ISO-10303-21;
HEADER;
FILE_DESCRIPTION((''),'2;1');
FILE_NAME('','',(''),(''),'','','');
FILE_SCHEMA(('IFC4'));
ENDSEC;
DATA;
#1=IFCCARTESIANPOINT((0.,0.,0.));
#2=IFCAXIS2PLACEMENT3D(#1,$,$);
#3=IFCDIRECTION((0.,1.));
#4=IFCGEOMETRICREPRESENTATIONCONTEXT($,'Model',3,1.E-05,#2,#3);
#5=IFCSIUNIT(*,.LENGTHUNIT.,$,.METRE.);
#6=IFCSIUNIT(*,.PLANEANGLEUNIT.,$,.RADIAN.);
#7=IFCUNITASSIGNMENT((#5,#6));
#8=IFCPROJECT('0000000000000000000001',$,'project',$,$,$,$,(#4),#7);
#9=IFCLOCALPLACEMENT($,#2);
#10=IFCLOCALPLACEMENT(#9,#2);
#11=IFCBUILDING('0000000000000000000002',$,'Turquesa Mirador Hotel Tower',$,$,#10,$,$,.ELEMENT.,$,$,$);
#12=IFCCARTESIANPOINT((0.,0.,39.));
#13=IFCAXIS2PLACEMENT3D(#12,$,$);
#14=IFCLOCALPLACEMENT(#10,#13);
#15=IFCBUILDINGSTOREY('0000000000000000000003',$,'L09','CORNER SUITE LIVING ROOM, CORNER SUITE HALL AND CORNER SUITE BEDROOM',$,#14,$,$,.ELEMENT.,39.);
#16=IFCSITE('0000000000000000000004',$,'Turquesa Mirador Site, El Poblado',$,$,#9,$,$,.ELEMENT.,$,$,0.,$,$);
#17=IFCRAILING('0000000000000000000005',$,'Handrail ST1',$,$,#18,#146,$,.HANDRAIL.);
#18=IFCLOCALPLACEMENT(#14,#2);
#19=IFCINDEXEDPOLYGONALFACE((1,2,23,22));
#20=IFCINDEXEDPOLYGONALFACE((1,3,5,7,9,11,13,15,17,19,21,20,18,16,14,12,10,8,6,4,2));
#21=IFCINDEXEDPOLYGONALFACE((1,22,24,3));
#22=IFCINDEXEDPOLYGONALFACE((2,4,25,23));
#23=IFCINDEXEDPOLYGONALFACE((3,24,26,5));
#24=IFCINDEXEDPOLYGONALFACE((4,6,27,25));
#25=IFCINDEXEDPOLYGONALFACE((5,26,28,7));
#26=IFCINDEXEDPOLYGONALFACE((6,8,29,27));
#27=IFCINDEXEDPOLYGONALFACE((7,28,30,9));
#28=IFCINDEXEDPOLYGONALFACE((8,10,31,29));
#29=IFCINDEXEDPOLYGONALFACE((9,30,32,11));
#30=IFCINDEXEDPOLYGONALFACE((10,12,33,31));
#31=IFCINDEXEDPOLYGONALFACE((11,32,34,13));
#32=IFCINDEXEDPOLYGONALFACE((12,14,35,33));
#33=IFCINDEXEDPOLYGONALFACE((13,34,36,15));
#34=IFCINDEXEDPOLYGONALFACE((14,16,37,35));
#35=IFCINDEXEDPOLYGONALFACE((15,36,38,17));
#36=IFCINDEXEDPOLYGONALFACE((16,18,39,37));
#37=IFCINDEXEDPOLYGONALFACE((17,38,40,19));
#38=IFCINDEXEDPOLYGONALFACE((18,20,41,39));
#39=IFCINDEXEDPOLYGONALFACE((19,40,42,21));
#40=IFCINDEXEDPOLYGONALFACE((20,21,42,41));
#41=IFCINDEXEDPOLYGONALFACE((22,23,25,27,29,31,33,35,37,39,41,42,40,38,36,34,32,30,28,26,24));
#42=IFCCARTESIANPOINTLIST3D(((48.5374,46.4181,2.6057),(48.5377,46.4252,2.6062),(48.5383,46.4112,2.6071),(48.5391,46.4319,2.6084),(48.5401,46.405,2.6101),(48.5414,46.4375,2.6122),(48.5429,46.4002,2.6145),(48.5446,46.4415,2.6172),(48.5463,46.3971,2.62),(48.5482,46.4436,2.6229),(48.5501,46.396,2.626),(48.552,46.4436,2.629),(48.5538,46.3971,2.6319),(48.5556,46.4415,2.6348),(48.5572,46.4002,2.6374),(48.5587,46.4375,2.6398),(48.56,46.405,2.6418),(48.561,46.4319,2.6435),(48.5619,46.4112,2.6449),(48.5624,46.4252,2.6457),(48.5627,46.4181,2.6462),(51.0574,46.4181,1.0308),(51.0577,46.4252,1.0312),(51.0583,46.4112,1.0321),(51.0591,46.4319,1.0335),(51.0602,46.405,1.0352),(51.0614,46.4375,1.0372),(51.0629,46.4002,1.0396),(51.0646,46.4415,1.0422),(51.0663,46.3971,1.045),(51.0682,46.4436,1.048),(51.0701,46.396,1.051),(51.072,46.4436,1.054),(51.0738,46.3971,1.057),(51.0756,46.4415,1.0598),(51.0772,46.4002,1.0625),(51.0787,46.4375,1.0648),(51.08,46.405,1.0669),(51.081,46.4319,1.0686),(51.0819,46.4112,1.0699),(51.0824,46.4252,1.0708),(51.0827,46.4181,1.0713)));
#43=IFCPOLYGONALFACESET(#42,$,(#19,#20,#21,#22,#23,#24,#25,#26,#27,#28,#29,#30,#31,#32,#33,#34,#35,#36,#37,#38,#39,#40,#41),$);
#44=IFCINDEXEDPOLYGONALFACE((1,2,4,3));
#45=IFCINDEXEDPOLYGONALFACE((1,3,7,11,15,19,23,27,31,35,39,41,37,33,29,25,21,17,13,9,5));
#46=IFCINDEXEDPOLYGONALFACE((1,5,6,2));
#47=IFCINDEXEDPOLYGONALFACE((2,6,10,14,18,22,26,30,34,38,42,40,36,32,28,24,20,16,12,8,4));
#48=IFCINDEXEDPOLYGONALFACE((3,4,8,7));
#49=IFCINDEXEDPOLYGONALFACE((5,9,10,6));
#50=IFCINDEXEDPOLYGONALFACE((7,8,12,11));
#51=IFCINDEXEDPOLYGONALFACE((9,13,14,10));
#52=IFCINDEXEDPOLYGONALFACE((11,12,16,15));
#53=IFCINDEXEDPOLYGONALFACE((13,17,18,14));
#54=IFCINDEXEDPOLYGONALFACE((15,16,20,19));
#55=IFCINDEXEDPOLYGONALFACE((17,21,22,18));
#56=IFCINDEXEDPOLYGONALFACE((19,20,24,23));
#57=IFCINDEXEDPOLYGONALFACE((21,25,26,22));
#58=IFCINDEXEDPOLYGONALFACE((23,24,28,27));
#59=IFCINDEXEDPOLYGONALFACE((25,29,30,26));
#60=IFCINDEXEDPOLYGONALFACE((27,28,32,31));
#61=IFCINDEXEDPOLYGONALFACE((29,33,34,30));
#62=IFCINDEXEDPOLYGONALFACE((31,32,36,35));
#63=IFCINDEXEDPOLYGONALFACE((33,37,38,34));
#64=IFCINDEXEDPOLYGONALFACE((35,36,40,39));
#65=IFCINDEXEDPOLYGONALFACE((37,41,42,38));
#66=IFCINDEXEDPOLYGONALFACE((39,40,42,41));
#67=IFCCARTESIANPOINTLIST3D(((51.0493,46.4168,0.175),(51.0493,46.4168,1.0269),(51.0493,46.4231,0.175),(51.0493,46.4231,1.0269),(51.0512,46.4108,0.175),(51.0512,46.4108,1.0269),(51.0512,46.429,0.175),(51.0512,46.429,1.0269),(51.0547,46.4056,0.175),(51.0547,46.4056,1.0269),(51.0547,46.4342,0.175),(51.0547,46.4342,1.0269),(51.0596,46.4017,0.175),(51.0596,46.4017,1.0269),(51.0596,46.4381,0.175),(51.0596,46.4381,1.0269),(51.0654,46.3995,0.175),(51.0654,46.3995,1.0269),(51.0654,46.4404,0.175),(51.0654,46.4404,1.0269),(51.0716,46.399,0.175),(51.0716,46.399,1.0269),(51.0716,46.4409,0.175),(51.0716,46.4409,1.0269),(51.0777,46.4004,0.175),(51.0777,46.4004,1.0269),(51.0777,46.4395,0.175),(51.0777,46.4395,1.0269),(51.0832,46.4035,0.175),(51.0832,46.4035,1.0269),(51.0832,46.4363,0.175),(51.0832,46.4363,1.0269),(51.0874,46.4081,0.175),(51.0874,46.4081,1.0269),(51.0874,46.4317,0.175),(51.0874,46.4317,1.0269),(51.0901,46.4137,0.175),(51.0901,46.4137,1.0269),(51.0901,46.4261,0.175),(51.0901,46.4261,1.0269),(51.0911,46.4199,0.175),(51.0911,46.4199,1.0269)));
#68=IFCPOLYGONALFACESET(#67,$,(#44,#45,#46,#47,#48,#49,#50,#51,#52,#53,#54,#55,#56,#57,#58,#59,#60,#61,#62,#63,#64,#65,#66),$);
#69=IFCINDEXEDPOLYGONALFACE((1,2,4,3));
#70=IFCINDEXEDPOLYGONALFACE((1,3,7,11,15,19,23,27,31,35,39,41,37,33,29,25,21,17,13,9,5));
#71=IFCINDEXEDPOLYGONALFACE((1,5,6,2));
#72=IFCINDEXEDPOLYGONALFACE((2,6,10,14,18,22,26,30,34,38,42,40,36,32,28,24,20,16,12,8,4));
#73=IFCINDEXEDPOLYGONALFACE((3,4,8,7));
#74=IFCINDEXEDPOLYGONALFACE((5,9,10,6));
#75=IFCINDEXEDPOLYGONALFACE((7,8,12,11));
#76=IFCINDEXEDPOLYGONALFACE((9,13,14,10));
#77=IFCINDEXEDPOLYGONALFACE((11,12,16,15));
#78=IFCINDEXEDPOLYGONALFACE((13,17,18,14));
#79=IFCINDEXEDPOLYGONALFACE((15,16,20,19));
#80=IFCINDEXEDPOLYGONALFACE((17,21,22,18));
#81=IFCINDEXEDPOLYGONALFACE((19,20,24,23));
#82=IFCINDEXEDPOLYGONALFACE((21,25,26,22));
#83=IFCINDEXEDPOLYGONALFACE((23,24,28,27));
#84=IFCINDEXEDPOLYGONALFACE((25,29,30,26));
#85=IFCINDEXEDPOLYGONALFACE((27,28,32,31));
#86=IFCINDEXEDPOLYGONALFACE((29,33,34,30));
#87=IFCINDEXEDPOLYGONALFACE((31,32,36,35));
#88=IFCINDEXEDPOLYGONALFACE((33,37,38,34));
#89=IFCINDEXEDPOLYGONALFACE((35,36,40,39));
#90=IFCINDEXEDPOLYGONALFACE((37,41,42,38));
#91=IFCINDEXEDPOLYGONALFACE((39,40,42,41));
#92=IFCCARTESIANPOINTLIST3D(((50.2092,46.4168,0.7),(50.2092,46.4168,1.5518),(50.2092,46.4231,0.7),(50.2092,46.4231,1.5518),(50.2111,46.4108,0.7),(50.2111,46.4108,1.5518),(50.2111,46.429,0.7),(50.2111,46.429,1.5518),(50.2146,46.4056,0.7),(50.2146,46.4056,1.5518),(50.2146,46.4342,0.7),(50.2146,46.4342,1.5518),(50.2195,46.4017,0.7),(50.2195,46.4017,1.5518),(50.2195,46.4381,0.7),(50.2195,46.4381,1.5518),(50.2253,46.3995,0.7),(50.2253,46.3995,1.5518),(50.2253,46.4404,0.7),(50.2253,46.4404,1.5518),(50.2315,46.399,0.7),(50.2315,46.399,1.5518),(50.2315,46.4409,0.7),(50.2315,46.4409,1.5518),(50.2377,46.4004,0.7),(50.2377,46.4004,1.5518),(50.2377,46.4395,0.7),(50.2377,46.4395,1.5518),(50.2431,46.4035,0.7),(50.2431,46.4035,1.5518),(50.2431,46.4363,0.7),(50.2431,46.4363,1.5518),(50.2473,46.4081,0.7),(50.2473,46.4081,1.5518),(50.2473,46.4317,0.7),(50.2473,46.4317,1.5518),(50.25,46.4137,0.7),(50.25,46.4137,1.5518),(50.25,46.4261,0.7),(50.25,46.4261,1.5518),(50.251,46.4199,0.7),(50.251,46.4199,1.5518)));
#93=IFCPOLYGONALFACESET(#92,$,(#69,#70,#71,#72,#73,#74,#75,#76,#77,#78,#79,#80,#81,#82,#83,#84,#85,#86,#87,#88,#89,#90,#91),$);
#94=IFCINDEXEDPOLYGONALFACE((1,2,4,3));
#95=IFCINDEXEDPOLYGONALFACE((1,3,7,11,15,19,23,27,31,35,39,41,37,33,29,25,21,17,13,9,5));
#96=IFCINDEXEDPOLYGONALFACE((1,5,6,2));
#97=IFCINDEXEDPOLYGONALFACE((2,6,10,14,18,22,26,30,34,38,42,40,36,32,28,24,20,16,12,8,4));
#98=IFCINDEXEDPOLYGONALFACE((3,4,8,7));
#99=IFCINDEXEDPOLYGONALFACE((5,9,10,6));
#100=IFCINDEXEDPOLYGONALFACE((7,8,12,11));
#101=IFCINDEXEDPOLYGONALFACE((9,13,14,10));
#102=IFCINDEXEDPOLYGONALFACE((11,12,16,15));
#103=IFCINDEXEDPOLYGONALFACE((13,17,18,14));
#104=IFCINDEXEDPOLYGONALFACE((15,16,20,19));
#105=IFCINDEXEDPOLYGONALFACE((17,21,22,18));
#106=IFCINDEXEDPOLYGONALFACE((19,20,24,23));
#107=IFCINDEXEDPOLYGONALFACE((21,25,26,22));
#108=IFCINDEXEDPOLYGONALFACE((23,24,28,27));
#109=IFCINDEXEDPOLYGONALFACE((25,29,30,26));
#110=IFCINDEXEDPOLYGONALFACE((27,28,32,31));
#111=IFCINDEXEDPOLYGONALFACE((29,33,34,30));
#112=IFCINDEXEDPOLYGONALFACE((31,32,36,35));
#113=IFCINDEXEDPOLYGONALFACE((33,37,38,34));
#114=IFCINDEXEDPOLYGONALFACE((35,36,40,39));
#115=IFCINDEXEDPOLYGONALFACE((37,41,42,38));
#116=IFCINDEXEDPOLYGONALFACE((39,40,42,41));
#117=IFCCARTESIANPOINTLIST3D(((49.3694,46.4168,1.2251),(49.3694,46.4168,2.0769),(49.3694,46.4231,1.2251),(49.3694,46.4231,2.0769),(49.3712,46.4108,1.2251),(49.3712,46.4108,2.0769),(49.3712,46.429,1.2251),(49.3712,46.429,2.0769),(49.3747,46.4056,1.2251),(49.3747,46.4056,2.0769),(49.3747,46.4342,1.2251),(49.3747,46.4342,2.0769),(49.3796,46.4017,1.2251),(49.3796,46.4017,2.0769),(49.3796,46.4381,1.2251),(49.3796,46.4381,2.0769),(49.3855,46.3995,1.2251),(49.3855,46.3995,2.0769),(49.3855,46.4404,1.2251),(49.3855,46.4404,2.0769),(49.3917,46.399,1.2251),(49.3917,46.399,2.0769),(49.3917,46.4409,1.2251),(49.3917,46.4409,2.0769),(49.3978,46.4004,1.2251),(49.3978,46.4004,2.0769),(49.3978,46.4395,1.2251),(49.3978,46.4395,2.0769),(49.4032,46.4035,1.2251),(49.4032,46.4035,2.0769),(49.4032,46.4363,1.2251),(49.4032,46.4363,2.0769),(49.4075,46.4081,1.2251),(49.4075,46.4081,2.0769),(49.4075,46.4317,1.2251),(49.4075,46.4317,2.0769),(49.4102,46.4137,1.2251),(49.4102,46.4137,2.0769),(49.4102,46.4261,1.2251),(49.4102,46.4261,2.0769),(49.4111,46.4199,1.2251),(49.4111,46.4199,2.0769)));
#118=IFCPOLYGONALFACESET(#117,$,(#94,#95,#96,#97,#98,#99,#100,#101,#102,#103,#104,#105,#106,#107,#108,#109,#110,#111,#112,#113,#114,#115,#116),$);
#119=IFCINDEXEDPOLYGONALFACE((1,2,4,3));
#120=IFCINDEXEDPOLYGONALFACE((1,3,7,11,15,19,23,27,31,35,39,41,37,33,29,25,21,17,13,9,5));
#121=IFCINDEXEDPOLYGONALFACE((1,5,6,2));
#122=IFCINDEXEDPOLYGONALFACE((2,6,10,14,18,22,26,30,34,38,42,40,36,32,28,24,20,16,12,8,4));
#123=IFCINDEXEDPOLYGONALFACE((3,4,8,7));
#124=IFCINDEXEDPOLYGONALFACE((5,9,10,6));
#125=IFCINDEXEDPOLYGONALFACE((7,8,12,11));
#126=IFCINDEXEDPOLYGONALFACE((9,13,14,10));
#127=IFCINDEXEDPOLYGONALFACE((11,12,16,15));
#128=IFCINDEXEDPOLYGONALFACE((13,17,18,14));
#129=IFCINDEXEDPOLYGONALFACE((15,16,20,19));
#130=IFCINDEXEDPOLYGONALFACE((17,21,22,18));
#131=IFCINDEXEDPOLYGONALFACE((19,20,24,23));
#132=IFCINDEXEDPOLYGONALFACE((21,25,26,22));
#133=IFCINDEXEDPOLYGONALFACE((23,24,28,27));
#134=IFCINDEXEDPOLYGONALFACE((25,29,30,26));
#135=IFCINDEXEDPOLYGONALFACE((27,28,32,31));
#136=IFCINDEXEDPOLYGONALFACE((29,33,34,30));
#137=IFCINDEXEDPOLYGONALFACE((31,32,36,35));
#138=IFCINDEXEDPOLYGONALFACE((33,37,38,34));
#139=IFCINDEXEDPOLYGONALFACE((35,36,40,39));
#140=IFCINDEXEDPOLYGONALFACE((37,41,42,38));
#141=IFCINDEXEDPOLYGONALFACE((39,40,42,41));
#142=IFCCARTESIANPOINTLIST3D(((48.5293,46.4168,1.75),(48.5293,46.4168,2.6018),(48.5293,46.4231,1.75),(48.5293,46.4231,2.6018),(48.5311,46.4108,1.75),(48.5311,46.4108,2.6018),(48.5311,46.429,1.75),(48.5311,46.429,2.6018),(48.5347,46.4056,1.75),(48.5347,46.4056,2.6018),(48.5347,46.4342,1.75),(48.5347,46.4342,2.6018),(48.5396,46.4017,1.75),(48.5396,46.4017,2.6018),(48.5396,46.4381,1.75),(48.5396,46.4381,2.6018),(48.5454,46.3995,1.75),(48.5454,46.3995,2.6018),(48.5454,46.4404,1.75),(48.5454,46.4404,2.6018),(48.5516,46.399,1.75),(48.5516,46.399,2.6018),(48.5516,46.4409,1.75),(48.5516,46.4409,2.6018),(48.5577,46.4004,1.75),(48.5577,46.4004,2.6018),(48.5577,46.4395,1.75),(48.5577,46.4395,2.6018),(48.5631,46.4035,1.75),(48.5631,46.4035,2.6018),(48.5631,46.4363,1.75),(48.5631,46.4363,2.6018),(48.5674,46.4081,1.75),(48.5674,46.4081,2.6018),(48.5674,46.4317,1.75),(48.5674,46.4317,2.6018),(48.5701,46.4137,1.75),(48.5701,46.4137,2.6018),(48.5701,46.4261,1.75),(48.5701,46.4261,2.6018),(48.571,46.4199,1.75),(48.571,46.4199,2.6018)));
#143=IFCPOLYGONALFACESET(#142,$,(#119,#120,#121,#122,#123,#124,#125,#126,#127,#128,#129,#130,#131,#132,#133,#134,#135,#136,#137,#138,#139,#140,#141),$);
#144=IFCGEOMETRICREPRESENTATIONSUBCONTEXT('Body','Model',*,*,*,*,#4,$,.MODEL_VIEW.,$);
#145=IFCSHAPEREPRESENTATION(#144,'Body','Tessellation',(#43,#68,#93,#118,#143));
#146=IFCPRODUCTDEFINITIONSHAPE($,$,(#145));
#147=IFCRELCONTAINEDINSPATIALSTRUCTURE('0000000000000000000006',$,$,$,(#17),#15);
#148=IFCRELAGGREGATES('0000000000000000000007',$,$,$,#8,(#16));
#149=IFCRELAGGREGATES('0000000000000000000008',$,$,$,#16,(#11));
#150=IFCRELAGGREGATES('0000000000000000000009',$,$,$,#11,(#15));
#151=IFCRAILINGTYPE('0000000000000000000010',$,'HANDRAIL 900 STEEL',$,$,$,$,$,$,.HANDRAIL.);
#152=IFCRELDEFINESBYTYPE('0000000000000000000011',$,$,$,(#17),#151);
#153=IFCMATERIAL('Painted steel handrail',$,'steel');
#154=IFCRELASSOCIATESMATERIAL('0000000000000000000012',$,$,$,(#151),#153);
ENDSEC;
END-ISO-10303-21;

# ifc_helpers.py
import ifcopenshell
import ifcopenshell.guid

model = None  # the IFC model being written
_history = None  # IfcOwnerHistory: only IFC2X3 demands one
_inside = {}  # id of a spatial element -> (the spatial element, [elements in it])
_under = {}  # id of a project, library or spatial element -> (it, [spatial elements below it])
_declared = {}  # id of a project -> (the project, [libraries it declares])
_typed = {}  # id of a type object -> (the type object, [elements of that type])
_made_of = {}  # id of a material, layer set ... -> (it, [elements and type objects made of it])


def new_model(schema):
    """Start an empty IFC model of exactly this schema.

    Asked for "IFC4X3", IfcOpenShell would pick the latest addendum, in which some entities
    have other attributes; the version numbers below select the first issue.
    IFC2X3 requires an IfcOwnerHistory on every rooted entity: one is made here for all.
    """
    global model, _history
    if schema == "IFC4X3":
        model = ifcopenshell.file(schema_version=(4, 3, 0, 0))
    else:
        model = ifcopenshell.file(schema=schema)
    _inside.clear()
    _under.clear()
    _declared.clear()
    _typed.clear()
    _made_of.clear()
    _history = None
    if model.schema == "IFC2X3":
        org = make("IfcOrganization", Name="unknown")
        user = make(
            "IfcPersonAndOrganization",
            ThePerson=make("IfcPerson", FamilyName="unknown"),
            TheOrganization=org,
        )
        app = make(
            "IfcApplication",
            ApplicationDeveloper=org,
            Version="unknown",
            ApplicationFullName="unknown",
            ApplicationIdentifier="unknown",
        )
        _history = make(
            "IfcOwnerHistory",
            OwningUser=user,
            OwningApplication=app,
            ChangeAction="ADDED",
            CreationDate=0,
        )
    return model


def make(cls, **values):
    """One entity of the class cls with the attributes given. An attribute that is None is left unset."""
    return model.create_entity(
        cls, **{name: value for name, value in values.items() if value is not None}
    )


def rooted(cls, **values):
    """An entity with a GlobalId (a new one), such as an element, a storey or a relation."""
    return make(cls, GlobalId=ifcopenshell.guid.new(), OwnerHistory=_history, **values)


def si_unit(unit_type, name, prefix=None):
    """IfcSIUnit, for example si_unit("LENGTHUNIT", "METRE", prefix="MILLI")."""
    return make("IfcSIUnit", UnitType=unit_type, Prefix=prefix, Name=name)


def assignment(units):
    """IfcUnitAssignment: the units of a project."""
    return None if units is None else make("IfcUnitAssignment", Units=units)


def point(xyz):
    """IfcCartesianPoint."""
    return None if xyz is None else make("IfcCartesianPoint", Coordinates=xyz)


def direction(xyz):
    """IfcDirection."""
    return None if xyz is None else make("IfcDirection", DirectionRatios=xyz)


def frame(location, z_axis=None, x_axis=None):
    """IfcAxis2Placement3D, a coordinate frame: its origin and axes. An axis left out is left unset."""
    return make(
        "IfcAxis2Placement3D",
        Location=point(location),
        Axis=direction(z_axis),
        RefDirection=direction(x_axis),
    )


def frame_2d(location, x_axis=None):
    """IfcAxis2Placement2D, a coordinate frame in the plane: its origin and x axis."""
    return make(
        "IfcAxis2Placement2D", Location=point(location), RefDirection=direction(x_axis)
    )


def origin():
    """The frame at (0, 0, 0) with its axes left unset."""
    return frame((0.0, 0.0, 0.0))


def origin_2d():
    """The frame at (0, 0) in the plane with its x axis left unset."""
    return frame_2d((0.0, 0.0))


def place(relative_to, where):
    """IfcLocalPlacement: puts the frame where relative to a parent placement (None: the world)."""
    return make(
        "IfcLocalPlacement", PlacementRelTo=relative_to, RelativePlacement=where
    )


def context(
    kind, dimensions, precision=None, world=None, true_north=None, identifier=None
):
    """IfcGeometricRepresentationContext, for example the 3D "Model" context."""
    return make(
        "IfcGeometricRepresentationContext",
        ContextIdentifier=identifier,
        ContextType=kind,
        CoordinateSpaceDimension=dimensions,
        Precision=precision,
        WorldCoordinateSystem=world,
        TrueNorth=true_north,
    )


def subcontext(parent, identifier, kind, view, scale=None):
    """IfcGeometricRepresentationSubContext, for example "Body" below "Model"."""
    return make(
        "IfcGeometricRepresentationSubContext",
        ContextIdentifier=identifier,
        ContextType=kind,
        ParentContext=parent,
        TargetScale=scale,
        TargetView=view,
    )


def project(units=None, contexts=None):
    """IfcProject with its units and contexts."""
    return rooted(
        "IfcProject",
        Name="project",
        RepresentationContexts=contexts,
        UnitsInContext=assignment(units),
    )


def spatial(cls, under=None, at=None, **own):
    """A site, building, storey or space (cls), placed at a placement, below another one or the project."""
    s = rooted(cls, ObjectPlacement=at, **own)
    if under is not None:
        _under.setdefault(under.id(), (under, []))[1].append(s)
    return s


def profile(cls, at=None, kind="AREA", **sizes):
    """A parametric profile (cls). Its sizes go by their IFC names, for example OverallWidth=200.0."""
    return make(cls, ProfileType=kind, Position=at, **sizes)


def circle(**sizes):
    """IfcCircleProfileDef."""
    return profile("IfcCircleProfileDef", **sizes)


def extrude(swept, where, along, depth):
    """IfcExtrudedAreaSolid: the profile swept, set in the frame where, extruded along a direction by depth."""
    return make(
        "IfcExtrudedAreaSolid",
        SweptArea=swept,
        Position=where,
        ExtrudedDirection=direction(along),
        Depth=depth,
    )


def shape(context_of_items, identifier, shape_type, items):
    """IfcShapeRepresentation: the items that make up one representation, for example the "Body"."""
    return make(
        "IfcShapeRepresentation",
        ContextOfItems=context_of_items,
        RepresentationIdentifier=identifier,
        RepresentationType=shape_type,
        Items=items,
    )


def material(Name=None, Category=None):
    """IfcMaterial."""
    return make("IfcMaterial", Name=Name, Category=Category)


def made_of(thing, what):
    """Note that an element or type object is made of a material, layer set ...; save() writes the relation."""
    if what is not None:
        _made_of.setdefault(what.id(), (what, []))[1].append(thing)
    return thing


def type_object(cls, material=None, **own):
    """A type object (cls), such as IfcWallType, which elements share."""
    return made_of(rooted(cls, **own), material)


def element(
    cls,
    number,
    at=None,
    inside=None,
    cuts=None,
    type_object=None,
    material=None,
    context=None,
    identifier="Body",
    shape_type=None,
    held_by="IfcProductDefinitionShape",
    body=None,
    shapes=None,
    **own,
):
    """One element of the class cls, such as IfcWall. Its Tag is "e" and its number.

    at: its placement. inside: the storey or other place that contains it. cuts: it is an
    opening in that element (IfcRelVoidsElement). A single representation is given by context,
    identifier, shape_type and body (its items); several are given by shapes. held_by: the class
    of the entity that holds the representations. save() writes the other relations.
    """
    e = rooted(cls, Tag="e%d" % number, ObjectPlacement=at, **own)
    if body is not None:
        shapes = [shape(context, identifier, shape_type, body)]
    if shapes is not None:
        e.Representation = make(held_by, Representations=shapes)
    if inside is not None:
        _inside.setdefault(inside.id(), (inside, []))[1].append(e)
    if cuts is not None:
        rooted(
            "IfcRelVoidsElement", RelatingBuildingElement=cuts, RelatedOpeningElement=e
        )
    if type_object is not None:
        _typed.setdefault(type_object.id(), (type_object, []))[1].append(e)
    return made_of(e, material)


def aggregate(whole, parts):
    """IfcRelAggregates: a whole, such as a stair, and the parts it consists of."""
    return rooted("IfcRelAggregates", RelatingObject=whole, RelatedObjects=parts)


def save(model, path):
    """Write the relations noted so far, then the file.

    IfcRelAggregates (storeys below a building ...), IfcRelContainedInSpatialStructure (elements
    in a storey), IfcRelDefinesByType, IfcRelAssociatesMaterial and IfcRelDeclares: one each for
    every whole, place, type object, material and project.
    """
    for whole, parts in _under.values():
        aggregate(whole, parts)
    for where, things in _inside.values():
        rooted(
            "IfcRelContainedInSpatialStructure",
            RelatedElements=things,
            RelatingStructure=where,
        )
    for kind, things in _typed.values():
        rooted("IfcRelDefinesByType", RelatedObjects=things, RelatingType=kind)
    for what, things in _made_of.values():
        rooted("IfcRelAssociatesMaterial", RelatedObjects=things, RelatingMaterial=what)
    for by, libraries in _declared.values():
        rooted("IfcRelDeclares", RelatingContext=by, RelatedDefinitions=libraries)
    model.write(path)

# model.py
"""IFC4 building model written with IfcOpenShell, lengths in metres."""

from ifc_helpers import new_model, si_unit, direction, frame, origin, origin_2d, place, context, subcontext, project, spatial, circle, extrude, material, type_object, element, save


model = new_model("IFC4")

# Units and contexts
model_context = context("Model", 3, precision=1e-05, world=origin(), true_north=direction((0.0, 1.0)))
body_context = subcontext(model_context, "Body", "Model", "MODEL_VIEW")
ifc_project = project(units=[si_unit("LENGTHUNIT", "METRE"), si_unit("PLANEANGLEUNIT", "RADIAN")], contexts=[model_context])

# Site, building, storey
site_placement = place(None, origin())
site = spatial("IfcSite", under=ifc_project, at=site_placement, Name="Turquesa Mirador Site, El Poblado", CompositionType="ELEMENT", RefElevation=0.0)
building_placement = place(site_placement, origin())
building = spatial("IfcBuilding", under=site, at=building_placement, Name="Turquesa Mirador Hotel Tower", CompositionType="ELEMENT")
storey_placement = place(building_placement, frame((0.0, 0.0, 39.0)))
storey = spatial("IfcBuildingStorey", under=building, at=storey_placement, Name="L09", Description="CORNER SUITE LIVING ROOM, CORNER SUITE HALL AND CORNER SUITE BEDROOM", CompositionType="ELEMENT", Elevation=39.0)

# Railing
ifc_material_1 = material(Name="Painted steel handrail", Category="steel")
railing_type = type_object("IfcRailingType", Name="HANDRAIL 900 STEEL", PredefinedType="HANDRAIL", material=ifc_material_1)
railing_1_placement = place(storey_placement, frame((51.0701, 46.4199, 0.175)))
element("IfcRailing", 1, at=railing_1_placement, inside=storey, type_object=railing_type, Name="Handrail ST1", PredefinedType="HANDRAIL", context=body_context, shape_type="SweptSolid", body=[
    extrude(circle(Radius=0.0239, at=origin_2d()), frame((0.0, 0.0, 0.876), z_axis=(-0.848008, 0.0, 0.529984), x_axis=(0.0, -1.0, 0.0)), (0.0, 0.0, 1.0), 2.9717),
    extrude(circle(Radius=0.021, at=origin_2d()), origin(), (0.0, 0.0, 1.0), 0.8518),
    extrude(circle(Radius=0.021, at=origin_2d()), frame((-0.8401, 0.0, 0.5249)), (0.0, 0.0, 1.0), 0.8518),
    extrude(circle(Radius=0.021, at=origin_2d()), frame((-1.6799, 0.0, 1.05)), (0.0, 0.0, 1.0), 0.8518),
    extrude(circle(Radius=0.021, at=origin_2d()), frame((-2.52, 0.0, 1.575)), (0.0, 0.0, 1.0), 0.8518),
])

save(model, "model.ifc")
